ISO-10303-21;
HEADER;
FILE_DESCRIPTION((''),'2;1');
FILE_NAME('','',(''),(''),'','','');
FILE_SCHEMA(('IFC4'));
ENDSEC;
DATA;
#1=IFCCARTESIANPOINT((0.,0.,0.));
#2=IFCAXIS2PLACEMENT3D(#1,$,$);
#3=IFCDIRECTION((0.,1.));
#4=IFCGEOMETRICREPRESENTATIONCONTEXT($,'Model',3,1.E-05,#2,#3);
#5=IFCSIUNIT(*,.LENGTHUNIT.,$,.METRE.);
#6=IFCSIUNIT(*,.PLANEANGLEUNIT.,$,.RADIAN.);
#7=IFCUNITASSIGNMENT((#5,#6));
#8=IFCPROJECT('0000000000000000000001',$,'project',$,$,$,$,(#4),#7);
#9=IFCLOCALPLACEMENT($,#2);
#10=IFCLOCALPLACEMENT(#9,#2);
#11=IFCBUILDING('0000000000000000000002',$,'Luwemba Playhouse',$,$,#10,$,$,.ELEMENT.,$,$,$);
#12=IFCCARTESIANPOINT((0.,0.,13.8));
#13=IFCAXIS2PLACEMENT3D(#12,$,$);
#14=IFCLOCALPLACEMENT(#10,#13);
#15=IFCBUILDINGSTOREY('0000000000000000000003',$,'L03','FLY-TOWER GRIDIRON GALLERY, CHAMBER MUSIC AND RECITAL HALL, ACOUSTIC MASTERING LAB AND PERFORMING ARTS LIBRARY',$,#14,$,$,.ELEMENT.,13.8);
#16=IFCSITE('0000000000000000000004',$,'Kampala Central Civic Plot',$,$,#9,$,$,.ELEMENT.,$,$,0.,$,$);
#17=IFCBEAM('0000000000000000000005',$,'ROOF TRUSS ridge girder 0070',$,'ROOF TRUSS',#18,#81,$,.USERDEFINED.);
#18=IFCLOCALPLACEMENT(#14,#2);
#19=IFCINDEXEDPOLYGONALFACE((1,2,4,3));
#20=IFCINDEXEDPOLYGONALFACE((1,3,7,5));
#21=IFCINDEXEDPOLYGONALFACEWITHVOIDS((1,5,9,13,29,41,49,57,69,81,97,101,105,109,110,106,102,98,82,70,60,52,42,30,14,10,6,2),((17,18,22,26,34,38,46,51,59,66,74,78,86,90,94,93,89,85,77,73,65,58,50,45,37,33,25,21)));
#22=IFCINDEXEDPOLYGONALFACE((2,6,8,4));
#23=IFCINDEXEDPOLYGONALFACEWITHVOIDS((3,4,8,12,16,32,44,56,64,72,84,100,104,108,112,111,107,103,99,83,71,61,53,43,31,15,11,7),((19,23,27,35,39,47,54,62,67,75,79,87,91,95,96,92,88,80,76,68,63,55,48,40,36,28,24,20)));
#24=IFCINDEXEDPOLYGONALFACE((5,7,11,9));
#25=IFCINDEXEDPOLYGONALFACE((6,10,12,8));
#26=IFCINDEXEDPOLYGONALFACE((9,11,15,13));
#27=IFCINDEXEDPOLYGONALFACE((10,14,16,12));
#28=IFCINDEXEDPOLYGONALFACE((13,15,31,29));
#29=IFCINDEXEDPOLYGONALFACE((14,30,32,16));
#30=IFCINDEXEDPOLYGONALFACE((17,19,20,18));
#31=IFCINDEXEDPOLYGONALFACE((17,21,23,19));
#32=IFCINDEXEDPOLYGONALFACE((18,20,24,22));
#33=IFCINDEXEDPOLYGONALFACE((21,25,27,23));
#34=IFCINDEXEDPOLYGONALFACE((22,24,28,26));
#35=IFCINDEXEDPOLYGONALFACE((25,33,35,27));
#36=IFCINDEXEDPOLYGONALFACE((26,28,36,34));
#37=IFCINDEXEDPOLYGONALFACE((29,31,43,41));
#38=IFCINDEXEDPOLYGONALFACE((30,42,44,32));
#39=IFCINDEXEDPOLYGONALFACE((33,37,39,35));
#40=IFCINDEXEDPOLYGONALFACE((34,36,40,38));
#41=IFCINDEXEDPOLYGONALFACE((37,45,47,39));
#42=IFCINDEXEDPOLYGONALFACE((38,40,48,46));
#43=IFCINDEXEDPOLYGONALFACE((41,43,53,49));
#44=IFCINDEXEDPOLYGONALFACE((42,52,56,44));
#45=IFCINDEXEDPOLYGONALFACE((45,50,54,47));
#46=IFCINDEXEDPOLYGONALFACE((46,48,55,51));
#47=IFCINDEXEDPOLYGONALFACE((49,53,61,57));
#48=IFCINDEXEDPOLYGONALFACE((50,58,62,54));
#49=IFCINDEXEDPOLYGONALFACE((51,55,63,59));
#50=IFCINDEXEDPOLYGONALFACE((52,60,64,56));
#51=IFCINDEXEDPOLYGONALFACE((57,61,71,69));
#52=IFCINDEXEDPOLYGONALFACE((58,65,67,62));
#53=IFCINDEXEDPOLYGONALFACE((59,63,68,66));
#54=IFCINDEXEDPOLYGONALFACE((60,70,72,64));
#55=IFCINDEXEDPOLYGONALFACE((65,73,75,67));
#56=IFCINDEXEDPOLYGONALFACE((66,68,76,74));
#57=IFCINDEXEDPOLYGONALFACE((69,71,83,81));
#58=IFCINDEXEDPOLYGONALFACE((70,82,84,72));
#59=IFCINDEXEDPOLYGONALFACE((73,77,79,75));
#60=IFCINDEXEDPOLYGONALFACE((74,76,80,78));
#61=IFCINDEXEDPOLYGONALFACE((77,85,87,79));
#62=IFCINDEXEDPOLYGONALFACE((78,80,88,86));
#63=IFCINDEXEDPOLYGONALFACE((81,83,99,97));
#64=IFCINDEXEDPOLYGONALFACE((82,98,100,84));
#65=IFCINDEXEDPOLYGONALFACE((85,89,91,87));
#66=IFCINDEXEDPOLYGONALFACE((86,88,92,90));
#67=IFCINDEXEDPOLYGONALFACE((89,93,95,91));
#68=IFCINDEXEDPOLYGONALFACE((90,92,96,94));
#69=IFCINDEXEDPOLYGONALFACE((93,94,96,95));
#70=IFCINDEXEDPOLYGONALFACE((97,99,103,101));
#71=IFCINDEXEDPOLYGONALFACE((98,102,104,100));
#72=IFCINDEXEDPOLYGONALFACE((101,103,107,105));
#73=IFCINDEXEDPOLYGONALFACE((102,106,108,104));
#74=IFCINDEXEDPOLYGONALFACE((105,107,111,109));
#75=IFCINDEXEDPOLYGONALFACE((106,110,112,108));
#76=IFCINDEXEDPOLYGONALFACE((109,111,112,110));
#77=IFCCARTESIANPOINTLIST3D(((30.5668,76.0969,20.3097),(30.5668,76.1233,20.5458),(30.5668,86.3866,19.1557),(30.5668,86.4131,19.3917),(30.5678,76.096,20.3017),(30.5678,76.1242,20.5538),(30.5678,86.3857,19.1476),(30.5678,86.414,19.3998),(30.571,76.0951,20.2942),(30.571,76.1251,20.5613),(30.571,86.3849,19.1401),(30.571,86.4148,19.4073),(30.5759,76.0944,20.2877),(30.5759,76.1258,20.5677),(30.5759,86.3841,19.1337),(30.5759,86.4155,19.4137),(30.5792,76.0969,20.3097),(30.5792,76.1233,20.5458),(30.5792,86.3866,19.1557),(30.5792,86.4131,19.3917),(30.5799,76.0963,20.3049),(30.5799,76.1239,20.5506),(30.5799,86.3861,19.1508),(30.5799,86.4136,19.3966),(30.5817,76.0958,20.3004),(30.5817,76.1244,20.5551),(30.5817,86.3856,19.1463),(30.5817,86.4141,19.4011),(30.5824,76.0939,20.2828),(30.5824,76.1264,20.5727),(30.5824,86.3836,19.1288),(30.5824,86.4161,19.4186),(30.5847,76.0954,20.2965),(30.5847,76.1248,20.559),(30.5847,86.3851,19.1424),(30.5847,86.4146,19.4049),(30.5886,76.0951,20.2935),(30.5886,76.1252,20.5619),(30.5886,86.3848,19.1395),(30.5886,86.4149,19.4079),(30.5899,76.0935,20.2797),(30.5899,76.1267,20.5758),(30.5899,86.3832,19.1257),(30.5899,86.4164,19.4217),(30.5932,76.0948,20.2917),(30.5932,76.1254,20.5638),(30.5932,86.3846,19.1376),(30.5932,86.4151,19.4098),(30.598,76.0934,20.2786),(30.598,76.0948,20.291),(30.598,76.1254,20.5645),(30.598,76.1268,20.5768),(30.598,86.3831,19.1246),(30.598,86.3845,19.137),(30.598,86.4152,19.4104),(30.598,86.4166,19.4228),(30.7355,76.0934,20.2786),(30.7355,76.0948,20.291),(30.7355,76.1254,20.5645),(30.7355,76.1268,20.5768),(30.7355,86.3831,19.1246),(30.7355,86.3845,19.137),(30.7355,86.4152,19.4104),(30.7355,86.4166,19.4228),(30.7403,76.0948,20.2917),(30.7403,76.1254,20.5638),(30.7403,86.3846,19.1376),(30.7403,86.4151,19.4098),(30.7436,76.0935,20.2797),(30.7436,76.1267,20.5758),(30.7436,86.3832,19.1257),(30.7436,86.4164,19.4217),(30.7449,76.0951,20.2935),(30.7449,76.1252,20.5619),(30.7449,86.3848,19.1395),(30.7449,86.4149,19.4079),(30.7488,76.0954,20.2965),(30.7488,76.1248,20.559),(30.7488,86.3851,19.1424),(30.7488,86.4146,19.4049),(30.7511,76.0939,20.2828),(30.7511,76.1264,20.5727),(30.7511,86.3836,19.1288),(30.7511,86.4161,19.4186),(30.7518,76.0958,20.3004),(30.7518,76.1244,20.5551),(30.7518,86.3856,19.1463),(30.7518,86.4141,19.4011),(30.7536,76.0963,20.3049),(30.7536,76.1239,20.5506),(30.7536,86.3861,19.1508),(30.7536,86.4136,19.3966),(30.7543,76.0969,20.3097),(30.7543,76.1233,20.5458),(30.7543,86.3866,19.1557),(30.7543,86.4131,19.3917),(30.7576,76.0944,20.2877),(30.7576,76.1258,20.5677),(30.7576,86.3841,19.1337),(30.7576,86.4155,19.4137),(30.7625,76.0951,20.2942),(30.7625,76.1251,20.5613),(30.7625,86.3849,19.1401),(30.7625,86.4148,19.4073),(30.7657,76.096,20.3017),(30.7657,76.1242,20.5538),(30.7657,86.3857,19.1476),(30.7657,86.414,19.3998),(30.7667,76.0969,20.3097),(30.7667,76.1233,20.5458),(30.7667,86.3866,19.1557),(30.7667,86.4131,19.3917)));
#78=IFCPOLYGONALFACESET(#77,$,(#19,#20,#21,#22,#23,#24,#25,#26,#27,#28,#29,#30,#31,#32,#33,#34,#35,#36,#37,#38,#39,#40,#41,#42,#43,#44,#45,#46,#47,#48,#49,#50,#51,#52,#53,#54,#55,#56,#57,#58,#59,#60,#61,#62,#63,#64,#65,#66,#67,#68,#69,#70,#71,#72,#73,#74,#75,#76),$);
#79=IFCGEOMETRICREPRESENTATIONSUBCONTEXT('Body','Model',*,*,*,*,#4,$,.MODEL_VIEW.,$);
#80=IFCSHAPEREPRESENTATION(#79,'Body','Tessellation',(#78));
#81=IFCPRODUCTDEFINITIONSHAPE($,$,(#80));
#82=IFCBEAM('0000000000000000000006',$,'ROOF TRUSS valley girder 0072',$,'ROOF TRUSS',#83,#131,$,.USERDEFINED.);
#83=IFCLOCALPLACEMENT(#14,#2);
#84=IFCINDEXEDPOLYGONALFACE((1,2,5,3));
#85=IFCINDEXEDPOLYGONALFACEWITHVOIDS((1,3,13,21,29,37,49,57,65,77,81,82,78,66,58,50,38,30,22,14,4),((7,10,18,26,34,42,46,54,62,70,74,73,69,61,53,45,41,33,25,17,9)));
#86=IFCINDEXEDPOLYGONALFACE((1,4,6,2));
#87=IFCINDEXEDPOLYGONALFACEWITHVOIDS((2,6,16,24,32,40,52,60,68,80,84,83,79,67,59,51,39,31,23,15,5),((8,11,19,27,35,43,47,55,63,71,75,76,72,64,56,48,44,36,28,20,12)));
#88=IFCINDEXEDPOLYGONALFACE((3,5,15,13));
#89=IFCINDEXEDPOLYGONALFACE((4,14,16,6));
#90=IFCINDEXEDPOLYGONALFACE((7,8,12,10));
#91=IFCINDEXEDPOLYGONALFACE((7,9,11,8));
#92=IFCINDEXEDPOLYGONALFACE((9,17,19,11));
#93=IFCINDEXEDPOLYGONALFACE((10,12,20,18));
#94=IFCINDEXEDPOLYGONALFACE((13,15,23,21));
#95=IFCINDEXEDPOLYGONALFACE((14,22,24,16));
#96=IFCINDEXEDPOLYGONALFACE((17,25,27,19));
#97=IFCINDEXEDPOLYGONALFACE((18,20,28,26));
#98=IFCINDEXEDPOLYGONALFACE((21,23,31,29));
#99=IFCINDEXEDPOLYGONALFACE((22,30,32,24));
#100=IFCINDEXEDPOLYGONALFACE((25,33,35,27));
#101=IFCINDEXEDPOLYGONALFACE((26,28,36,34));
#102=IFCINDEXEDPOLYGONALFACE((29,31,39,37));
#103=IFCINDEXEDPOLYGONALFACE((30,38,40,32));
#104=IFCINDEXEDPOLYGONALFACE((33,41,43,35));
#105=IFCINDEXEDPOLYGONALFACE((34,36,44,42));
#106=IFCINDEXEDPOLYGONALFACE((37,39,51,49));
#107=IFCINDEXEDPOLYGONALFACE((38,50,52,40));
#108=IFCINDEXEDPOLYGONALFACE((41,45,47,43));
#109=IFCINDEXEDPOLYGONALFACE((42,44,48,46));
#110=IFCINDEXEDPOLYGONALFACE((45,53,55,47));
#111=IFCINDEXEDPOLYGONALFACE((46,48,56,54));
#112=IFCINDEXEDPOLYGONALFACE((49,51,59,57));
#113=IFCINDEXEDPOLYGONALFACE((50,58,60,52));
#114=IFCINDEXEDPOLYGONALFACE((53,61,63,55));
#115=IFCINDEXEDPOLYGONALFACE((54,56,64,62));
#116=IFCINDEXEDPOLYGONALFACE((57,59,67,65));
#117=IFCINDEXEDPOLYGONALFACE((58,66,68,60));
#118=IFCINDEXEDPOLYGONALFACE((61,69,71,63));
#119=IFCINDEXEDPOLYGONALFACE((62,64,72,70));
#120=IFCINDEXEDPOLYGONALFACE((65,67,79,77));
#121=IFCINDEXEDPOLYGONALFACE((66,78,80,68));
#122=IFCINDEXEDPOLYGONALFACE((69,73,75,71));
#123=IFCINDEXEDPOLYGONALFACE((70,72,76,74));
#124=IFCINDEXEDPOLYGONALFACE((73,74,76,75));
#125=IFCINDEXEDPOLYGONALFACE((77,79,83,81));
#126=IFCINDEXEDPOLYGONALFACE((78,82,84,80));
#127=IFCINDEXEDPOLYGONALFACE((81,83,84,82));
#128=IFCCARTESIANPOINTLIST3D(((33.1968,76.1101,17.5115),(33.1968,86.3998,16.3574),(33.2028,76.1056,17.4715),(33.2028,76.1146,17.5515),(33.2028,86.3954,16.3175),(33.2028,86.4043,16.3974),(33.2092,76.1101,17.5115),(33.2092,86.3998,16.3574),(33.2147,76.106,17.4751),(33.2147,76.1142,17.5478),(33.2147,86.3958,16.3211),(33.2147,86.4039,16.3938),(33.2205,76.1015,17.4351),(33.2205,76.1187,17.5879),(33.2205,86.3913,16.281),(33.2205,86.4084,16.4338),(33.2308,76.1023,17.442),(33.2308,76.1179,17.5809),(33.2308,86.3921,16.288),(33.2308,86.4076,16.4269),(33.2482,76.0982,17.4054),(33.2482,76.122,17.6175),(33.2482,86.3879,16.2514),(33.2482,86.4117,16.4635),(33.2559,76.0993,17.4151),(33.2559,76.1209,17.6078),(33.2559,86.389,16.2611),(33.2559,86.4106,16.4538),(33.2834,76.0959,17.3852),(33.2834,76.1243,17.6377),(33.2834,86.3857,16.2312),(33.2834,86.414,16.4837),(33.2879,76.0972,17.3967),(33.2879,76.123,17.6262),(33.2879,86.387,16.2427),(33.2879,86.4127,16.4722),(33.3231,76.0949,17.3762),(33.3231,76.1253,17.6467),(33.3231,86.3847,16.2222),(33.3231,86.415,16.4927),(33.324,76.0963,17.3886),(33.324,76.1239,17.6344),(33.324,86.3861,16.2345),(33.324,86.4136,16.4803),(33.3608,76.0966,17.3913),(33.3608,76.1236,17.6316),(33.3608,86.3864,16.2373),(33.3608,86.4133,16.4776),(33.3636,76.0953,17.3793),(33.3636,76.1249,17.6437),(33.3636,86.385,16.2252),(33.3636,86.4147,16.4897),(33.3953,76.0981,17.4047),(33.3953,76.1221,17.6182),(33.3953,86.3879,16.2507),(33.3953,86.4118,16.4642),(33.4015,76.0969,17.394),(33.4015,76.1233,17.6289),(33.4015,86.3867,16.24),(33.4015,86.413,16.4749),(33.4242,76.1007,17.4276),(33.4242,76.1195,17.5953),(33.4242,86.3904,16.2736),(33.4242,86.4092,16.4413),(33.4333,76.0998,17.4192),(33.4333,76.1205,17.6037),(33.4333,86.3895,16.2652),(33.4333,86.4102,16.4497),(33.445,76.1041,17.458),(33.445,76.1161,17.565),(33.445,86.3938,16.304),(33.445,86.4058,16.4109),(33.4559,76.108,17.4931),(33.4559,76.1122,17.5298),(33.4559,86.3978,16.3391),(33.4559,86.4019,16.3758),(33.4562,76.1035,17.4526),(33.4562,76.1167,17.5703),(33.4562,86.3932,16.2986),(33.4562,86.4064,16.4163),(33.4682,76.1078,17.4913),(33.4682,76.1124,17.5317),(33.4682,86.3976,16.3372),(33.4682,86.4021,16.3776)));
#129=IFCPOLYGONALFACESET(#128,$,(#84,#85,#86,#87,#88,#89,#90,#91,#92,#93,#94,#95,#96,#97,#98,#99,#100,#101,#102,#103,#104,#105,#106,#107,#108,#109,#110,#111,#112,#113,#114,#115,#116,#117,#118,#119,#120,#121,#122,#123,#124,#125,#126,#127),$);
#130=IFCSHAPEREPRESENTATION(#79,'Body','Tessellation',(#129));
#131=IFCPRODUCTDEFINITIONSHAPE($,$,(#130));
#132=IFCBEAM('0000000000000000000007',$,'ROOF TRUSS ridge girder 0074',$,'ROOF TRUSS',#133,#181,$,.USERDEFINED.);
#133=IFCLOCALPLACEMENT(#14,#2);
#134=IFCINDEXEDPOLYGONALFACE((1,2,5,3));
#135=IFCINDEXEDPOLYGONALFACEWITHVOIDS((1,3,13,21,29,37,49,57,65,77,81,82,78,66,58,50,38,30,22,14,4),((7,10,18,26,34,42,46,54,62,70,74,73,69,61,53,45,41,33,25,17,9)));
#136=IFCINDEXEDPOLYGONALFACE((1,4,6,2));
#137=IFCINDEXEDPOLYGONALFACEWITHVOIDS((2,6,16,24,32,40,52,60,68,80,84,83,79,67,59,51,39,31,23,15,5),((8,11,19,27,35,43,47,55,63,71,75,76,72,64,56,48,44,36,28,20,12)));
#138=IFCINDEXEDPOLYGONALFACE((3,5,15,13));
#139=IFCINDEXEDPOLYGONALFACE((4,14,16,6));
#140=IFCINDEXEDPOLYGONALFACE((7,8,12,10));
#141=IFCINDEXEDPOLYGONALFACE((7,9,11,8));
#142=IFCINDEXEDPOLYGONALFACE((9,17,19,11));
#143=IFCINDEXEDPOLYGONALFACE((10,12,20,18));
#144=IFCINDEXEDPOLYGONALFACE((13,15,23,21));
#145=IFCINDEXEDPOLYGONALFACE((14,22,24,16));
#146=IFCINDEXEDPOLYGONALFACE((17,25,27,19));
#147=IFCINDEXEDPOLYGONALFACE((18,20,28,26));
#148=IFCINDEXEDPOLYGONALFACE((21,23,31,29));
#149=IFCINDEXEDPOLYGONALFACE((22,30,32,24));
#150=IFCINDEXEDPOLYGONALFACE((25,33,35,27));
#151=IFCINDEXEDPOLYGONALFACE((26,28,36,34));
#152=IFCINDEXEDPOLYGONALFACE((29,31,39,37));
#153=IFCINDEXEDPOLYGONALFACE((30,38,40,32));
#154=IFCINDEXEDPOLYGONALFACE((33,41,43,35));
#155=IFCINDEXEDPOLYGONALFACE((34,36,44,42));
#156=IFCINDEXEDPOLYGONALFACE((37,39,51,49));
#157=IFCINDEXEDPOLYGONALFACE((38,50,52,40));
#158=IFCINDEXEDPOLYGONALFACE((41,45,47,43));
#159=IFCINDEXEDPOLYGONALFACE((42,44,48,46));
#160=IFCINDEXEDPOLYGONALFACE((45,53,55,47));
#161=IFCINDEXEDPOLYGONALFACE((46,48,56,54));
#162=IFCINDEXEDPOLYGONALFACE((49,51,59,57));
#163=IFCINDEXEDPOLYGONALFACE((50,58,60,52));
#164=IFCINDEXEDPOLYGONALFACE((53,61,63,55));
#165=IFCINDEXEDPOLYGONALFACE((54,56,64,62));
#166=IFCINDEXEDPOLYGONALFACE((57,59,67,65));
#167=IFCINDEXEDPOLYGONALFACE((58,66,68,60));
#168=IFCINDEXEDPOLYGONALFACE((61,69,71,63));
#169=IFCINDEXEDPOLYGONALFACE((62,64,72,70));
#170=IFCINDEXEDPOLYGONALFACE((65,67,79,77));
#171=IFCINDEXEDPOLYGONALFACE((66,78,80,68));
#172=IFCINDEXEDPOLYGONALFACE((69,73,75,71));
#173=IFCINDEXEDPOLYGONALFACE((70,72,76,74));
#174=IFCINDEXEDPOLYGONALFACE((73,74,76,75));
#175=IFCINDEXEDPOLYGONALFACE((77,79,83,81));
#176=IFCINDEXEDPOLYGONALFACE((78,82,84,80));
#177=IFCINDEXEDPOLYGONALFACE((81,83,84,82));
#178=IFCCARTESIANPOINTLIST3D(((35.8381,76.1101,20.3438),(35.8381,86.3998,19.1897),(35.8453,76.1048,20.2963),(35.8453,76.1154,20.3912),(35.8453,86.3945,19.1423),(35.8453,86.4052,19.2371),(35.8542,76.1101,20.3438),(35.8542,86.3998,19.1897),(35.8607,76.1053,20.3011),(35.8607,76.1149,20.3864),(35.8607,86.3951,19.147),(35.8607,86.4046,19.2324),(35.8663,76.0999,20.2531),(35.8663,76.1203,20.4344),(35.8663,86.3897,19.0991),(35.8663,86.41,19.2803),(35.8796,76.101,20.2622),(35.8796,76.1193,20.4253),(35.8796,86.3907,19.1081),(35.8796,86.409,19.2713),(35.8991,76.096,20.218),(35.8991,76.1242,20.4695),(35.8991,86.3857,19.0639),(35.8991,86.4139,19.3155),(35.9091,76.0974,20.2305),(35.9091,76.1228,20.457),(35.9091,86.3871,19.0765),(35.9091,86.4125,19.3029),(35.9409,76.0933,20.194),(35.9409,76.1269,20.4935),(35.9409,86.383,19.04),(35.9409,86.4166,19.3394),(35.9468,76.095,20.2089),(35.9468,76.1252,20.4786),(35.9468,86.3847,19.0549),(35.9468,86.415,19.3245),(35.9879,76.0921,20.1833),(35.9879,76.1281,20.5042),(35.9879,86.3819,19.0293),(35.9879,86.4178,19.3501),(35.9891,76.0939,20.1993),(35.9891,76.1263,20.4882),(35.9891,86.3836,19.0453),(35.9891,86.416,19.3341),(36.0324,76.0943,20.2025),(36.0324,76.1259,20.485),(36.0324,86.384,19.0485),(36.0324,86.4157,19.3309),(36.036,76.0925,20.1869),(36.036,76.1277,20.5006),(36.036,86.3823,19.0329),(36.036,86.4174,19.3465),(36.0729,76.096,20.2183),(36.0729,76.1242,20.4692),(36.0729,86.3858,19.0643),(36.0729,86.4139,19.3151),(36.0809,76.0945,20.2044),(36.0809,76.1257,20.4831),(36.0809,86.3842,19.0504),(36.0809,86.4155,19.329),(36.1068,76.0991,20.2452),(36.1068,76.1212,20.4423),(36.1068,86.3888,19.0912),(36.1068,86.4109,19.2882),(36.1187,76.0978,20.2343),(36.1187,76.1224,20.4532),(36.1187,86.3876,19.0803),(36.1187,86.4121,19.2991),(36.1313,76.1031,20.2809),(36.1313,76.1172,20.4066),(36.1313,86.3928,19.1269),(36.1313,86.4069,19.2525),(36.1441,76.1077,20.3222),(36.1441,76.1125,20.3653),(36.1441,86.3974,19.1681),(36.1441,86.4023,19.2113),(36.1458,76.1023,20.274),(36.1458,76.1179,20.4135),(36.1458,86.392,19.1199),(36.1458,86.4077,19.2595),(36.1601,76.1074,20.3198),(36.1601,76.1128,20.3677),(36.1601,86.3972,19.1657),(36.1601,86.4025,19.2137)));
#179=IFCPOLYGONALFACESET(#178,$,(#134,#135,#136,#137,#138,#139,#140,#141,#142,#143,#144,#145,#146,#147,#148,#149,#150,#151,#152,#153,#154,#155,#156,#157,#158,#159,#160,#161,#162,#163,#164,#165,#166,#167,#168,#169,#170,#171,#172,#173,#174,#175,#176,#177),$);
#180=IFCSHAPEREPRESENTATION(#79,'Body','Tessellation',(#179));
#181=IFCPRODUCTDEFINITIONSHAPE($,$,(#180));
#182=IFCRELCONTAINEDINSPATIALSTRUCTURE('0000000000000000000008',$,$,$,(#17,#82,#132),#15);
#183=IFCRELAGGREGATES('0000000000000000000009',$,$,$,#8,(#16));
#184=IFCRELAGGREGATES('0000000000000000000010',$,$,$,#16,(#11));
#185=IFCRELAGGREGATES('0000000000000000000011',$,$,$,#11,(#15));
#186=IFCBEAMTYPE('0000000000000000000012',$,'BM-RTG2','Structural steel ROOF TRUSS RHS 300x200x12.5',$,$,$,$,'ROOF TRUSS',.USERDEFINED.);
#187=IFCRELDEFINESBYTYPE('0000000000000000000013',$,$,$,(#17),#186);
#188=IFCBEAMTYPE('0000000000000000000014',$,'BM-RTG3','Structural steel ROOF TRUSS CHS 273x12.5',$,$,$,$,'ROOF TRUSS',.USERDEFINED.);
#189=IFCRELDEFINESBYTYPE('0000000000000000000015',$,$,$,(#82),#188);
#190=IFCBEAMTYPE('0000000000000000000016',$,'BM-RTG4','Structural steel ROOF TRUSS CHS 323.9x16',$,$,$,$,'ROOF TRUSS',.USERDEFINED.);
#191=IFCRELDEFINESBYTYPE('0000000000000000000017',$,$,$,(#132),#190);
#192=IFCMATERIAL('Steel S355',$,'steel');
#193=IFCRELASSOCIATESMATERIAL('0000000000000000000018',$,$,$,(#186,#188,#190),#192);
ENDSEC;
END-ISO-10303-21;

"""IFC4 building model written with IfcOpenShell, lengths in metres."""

from ifc_helpers import new_model, si_unit, direction, frame, origin, origin_2d, place, context, subcontext, project, spatial, hollow_rectangle, hollow_circle, extrude, material, material_profile, profile_set, type_object, element, save


model = new_model("IFC4")

# Units and contexts
model_context = context("Model", 3, precision=1e-05, world=origin(), true_north=direction((0.0, 1.0)))
body_context = subcontext(model_context, "Body", "Model", "MODEL_VIEW")
ifc_project = project(units=[si_unit("LENGTHUNIT", "METRE"), si_unit("PLANEANGLEUNIT", "RADIAN")], contexts=[model_context])

# Site, building, storey
site_placement = place(None, origin())
site = spatial("IfcSite", under=ifc_project, at=site_placement, Name="Kampala Central Civic Plot", CompositionType="ELEMENT", RefElevation=0.0)
building_placement = place(site_placement, origin())
building = spatial("IfcBuilding", under=site, at=building_placement, Name="Luwemba Playhouse", CompositionType="ELEMENT")
storey_placement = place(building_placement, frame((0.0, 0.0, 13.8)))
storey = spatial("IfcBuildingStorey", under=building, at=storey_placement, Name="L03", Description="FLY-TOWER GRIDIRON GALLERY, CHAMBER MUSIC AND RECITAL HALL, ACOUSTIC MASTERING LAB AND PERFORMING ARTS LIBRARY", CompositionType="ELEMENT", Elevation=13.8)

# Beams
ifc_material_1 = material(Name="Steel S355", Category="steel")
ifc_material_profile_1 = material_profile(ifc_material_1, hollow_rectangle(XDim=0.2, YDim=0.3, WallThickness=0.0125, InnerFilletRadius=0.0188, OuterFilletRadius=0.0312, at=origin_2d()))
ifc_profile_set_1 = profile_set([ifc_material_profile_1], Name="Steel S355")
beam_type_1 = type_object("IfcBeamType", Name="BM-RTG2", Description="Structural steel ROOF TRUSS RHS 300x200x12.5", ElementType="ROOF TRUSS", PredefinedType="USERDEFINED", material=ifc_profile_set_1)
beam_1_placement = place(storey_placement, frame((30.6667, 76.1101, 20.4277), z_axis=(0.0, 0.993769, -0.111456), x_axis=(-1.0, 0.0, 0.0)))
element("IfcBeam", 1, at=beam_1_placement, inside=storey, type_object=beam_type_1, Name="ROOF TRUSS ridge girder 0070", ObjectType="ROOF TRUSS", PredefinedType="USERDEFINED", context=body_context, shape_type="SweptSolid", body=[
    extrude(hollow_rectangle(XDim=0.2, YDim=0.3, WallThickness=0.0125, InnerFilletRadius=0.0188, OuterFilletRadius=0.0312, at=origin_2d()), origin(), (0.0, 0.0, 1.0), 10.3542),
])
ifc_material_profile_2 = material_profile(ifc_material_1, hollow_circle(Radius=0.1365, WallThickness=0.0125, at=origin_2d()))
ifc_profile_set_2 = profile_set([ifc_material_profile_2], Name="Steel S355")
beam_type_2 = type_object("IfcBeamType", Name="BM-RTG3", Description="Structural steel ROOF TRUSS CHS 273x12.5", ElementType="ROOF TRUSS", PredefinedType="USERDEFINED", material=ifc_profile_set_2)
beam_2_placement = place(storey_placement, frame((33.3333, 76.1101, 17.5115), z_axis=(0.0, 0.993769, -0.111456), x_axis=(-1.0, 0.0, 0.0)))
element("IfcBeam", 2, at=beam_2_placement, inside=storey, type_object=beam_type_2, Name="ROOF TRUSS valley girder 0072", ObjectType="ROOF TRUSS", PredefinedType="USERDEFINED", context=body_context, shape_type="SweptSolid", body=[
    extrude(hollow_circle(Radius=0.1365, WallThickness=0.0125, at=origin_2d()), origin(), (0.0, 0.0, 1.0), 10.3542),
])
ifc_material_profile_3 = material_profile(ifc_material_1, hollow_circle(Radius=0.1619, WallThickness=0.0161, at=origin_2d()))
ifc_profile_set_3 = profile_set([ifc_material_profile_3], Name="Steel S355")
beam_type_3 = type_object("IfcBeamType", Name="BM-RTG4", Description="Structural steel ROOF TRUSS CHS 323.9x16", ElementType="ROOF TRUSS", PredefinedType="USERDEFINED", material=ifc_profile_set_3)
beam_3_placement = place(storey_placement, frame((36.0, 76.1101, 20.3438), z_axis=(0.0, 0.993769, -0.111456), x_axis=(-1.0, 0.0, 0.0)))
element("IfcBeam", 3, at=beam_3_placement, inside=storey, type_object=beam_type_3, Name="ROOF TRUSS ridge girder 0074", ObjectType="ROOF TRUSS", PredefinedType="USERDEFINED", context=body_context, shape_type="SweptSolid", body=[
    extrude(hollow_circle(Radius=0.1619, WallThickness=0.0161, at=origin_2d()), origin(), (0.0, 0.0, 1.0), 10.3542),
])

save(model, "model.ifc")
